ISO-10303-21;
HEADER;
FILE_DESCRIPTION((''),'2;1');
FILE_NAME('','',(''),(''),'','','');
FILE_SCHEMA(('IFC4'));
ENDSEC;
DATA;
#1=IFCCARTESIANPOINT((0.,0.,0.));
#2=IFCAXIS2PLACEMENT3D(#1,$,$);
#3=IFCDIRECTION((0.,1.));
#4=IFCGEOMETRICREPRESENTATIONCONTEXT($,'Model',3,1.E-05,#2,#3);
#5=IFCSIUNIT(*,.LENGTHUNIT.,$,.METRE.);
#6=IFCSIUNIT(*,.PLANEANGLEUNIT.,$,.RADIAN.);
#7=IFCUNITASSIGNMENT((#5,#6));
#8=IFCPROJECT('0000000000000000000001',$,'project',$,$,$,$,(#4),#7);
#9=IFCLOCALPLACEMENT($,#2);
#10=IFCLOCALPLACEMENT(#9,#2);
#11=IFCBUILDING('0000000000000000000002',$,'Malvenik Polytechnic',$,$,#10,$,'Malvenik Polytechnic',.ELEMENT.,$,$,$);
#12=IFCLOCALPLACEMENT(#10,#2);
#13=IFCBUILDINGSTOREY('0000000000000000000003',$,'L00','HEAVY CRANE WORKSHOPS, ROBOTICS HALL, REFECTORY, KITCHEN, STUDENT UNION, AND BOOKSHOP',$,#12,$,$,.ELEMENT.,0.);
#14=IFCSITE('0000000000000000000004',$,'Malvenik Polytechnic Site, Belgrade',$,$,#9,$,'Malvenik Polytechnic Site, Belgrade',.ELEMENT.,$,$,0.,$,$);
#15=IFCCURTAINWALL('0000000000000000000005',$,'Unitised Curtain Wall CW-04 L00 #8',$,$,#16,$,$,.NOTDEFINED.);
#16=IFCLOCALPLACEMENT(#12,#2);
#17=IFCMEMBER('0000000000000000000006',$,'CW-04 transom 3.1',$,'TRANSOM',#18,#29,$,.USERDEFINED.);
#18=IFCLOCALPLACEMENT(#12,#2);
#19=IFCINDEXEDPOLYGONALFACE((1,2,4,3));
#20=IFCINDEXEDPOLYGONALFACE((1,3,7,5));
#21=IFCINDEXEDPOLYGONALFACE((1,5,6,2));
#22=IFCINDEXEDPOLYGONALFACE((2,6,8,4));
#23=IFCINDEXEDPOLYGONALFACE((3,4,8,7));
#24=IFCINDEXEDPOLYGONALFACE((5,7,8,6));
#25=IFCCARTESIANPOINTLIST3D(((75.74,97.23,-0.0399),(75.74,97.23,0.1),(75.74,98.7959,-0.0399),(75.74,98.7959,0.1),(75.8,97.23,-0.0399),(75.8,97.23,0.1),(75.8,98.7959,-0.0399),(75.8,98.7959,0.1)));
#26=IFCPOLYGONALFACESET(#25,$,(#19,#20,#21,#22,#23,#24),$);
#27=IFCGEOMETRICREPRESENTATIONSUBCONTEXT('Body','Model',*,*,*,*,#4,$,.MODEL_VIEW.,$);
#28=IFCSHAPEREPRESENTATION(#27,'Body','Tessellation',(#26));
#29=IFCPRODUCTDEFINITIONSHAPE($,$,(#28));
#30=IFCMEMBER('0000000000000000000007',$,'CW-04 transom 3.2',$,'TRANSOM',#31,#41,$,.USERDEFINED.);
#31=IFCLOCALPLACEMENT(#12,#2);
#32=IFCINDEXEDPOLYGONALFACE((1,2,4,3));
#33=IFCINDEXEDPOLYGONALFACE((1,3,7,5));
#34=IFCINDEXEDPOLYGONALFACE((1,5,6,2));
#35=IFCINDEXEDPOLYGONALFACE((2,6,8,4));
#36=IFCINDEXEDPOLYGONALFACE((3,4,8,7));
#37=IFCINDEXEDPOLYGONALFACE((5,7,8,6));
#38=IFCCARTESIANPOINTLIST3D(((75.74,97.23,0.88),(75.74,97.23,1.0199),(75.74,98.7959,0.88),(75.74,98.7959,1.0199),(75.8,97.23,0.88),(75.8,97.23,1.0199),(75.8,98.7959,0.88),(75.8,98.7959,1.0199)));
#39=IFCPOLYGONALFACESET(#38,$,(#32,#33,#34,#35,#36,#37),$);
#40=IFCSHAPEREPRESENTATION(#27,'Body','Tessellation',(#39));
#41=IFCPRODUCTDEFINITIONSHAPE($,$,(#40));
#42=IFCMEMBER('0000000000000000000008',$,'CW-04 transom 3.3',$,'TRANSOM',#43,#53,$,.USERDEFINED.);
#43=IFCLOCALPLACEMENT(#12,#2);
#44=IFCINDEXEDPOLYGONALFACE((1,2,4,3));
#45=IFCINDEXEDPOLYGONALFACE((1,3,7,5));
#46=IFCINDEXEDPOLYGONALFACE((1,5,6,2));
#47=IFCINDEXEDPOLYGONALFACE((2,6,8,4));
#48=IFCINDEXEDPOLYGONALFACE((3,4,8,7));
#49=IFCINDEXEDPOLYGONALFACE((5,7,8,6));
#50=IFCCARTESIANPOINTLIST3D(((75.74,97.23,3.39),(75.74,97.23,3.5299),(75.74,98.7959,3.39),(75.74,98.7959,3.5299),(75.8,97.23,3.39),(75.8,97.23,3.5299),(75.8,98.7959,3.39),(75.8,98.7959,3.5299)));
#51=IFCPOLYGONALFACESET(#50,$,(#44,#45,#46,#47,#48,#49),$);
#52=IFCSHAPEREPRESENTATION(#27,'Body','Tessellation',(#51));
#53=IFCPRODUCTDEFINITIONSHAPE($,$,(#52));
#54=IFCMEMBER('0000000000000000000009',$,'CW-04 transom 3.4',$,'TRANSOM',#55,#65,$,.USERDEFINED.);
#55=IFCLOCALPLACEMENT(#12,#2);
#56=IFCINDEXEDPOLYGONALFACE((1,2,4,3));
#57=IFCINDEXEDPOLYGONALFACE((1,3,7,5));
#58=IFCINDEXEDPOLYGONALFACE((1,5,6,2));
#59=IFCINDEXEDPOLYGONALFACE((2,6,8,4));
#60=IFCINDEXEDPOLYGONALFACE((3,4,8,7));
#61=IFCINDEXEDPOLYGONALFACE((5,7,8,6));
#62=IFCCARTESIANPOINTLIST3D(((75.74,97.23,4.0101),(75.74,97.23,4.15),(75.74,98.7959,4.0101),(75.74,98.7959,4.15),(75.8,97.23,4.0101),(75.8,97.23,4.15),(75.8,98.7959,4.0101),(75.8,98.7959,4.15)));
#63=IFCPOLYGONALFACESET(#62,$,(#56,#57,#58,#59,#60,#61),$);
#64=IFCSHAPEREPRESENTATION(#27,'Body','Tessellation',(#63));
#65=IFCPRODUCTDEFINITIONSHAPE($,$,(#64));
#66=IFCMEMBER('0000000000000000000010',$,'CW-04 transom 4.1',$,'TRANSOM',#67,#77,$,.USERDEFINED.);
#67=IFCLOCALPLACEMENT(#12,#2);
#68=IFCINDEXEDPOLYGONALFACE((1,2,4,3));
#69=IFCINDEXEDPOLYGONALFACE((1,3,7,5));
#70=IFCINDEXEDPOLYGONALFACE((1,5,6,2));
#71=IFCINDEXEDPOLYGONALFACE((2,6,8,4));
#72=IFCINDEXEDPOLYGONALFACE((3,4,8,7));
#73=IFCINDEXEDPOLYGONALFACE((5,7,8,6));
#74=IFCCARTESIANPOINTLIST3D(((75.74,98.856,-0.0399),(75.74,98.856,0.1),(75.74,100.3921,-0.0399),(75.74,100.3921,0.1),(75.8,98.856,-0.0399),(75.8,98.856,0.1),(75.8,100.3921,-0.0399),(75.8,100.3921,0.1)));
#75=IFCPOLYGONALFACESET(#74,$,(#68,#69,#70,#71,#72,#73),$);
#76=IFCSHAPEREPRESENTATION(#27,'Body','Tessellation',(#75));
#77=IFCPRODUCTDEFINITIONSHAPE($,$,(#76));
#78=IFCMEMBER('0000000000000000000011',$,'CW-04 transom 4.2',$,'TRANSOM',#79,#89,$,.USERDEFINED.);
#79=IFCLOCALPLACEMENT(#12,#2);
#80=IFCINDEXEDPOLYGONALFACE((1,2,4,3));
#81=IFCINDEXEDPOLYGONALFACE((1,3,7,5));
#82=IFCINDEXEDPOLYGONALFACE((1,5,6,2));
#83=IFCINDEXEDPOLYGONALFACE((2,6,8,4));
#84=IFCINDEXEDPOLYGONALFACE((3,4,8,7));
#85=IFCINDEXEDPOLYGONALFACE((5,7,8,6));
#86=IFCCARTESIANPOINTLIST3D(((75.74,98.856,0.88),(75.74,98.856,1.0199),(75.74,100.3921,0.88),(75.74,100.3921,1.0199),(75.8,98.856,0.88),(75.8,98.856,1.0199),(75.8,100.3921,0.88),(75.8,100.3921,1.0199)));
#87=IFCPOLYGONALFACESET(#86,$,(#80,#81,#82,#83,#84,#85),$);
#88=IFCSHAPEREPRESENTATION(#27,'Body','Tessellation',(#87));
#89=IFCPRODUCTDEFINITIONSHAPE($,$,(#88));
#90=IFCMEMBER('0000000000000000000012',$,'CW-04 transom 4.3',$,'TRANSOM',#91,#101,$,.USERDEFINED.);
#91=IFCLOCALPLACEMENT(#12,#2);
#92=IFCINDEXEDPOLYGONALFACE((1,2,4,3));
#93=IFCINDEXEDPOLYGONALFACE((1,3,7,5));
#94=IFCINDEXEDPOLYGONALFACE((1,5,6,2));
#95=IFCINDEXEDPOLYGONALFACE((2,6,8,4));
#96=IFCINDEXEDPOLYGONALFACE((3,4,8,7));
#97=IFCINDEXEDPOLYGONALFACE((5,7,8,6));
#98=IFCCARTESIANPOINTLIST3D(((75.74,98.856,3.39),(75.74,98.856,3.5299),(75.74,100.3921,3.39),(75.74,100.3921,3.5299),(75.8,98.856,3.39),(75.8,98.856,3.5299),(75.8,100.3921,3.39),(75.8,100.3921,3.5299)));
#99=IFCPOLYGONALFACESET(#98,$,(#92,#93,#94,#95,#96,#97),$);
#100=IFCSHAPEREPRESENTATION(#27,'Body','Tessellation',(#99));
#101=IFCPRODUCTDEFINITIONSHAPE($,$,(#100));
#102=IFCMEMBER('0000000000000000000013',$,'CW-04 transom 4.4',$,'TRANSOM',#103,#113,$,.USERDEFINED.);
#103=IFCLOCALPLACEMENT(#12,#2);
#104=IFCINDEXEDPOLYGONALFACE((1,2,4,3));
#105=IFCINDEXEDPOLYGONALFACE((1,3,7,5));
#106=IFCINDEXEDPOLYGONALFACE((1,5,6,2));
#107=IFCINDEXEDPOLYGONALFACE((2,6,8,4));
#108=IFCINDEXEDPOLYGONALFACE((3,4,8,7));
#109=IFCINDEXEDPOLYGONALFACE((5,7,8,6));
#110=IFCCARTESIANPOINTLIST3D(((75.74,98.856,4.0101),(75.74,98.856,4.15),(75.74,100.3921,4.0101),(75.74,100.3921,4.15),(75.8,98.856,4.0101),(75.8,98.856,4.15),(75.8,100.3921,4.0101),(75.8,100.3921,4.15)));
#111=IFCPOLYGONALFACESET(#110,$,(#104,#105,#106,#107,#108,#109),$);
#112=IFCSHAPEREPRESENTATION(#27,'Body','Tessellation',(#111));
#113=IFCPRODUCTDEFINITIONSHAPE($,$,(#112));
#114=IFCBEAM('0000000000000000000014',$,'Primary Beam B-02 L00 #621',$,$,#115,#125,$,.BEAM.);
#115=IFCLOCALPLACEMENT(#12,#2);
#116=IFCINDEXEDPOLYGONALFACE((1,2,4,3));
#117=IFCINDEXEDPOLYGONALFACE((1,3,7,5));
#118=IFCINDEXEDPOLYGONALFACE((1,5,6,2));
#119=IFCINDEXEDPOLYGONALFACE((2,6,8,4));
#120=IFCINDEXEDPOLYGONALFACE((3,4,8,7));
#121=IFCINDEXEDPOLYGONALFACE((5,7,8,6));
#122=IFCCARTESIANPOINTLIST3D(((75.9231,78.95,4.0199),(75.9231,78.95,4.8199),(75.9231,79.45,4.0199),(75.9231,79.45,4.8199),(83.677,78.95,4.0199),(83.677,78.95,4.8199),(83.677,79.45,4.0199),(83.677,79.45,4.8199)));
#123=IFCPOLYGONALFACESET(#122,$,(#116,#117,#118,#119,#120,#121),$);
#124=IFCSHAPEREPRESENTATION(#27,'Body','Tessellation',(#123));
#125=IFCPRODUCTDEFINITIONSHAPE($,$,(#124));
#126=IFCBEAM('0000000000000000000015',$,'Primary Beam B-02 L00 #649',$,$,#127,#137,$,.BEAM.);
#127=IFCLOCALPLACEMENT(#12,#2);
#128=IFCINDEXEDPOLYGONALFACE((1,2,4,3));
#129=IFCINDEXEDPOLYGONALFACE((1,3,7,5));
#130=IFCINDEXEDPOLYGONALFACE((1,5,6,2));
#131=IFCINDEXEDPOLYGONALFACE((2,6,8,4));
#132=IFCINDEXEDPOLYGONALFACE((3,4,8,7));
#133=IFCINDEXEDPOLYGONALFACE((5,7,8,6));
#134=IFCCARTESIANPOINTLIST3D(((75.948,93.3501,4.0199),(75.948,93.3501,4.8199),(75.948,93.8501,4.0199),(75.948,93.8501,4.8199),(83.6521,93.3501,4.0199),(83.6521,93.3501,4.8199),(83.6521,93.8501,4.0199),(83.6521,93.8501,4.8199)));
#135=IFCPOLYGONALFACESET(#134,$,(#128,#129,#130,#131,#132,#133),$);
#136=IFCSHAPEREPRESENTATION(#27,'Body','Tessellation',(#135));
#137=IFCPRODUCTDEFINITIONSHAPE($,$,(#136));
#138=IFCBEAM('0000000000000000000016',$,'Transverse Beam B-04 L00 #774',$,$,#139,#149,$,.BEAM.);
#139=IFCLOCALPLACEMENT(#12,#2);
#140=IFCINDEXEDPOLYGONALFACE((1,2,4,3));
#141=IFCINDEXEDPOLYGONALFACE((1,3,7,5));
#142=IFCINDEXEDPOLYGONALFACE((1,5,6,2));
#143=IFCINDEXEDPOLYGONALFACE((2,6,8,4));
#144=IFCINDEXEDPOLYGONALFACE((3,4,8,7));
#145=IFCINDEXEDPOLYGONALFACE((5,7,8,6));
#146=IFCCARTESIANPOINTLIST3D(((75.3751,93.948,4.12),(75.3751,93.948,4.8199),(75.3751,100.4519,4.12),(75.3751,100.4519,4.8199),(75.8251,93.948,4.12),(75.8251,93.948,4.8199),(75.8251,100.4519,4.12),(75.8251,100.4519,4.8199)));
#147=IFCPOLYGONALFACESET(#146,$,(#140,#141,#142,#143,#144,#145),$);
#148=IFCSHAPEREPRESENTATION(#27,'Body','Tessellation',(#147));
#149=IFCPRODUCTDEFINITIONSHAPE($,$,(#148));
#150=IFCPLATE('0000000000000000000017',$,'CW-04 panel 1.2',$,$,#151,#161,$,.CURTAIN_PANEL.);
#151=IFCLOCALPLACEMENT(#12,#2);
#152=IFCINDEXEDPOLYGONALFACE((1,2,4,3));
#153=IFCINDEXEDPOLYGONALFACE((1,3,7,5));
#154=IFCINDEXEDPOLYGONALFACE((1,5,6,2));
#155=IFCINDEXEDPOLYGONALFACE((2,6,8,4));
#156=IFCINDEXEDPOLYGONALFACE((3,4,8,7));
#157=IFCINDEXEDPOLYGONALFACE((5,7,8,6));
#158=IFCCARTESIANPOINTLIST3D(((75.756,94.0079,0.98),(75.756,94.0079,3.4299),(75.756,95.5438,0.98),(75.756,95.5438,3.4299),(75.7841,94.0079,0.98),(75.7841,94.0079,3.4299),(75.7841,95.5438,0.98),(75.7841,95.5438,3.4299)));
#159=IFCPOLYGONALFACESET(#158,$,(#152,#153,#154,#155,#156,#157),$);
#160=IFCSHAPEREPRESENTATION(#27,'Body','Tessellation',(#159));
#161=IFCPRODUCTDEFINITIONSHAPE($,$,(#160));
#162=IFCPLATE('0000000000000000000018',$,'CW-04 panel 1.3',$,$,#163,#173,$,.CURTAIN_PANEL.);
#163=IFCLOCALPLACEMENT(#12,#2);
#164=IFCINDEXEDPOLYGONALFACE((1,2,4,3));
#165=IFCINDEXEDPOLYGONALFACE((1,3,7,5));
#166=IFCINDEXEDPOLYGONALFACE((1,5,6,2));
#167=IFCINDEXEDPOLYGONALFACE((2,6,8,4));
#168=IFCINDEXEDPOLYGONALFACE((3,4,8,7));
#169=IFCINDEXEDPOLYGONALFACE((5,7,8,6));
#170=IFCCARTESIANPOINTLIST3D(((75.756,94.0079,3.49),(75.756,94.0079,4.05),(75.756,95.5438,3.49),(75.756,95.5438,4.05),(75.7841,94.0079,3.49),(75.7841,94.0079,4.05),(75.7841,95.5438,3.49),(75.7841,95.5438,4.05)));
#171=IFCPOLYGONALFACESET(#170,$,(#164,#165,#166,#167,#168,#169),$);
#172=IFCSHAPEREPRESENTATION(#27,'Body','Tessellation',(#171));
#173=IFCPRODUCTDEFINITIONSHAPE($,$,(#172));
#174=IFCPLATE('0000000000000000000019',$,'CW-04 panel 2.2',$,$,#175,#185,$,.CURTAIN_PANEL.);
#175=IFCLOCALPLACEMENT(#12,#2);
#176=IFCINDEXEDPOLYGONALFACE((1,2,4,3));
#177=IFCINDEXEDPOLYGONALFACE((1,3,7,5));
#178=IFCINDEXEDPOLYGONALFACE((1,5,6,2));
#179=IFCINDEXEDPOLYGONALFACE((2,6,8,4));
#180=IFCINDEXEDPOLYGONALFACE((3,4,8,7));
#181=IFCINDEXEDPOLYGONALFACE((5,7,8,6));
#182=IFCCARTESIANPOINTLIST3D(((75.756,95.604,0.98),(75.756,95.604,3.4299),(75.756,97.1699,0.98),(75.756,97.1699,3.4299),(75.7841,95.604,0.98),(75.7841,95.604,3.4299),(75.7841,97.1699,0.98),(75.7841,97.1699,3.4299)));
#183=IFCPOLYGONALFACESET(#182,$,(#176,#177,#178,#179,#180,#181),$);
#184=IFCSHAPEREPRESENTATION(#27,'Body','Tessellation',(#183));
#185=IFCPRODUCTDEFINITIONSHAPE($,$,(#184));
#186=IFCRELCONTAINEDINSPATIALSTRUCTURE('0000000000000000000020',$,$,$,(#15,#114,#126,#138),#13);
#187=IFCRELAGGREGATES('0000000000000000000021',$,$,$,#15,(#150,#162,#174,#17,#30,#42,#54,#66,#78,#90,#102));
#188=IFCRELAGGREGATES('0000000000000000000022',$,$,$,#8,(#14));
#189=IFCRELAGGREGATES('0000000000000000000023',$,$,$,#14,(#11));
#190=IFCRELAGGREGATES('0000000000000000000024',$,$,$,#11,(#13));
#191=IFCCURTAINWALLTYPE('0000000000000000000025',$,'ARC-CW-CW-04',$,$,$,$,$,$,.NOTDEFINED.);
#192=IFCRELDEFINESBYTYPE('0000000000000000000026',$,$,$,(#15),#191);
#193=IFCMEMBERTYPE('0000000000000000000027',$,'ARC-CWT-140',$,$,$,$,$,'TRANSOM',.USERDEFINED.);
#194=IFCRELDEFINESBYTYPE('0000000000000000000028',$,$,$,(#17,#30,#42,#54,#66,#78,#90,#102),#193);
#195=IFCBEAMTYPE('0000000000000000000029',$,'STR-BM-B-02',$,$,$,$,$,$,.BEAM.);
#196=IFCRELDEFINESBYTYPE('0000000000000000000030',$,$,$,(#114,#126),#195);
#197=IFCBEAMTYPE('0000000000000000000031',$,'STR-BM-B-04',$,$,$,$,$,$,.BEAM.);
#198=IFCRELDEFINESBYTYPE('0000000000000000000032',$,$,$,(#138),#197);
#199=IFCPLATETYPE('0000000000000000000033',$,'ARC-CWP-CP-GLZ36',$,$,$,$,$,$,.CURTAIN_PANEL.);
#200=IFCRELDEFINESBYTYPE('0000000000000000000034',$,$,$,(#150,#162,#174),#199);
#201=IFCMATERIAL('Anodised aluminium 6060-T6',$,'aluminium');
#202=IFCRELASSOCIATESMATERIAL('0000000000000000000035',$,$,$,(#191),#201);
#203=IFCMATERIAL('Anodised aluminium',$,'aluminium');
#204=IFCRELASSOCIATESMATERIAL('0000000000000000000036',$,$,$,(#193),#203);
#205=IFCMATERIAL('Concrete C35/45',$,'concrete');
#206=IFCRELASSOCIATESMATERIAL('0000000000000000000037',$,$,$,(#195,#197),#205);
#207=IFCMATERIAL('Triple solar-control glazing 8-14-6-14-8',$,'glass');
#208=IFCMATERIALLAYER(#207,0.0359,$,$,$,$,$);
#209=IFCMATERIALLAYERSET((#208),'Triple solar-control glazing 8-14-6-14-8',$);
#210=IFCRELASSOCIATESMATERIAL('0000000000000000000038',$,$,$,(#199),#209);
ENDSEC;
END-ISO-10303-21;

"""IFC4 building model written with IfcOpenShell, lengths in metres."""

from ifc_helpers import new_model, si_unit, direction, frame, origin, origin_2d, place, context, subcontext, project, spatial, rectangle, extrude, material, layer, layer_set, material_profile, profile_set, type_object, element, aggregate, save


model = new_model("IFC4")

# Units and contexts
model_context = context("Model", 3, precision=1e-05, world=origin(), true_north=direction((0.0, 1.0)))
body_context = subcontext(model_context, "Body", "Model", "MODEL_VIEW")
ifc_project = project(units=[si_unit("LENGTHUNIT", "METRE"), si_unit("PLANEANGLEUNIT", "RADIAN")], contexts=[model_context])

# Site, building, storey
site_placement = place(None, origin())
site = spatial("IfcSite", under=ifc_project, at=site_placement, Name="Malvenik Polytechnic Site, Belgrade", LongName="Malvenik Polytechnic Site, Belgrade", CompositionType="ELEMENT", RefElevation=0.0)
building_placement = place(site_placement, origin())
building = spatial("IfcBuilding", under=site, at=building_placement, Name="Malvenik Polytechnic", LongName="Malvenik Polytechnic", CompositionType="ELEMENT")
storey_placement = place(building_placement, origin())
storey = spatial("IfcBuildingStorey", under=building, at=storey_placement, Name="L00", Description="HEAVY CRANE WORKSHOPS, ROBOTICS HALL, REFECTORY, KITCHEN, STUDENT UNION, AND BOOKSHOP", CompositionType="ELEMENT", Elevation=0.0)

# Curtain wall, members
ifc_material_1 = material(Name="Anodised aluminium 6060-T6", Category="aluminium")
curtain_wall_type = type_object("IfcCurtainWallType", Name="ARC-CW-CW-04", PredefinedType="NOTDEFINED", material=ifc_material_1)
curtain_wall_placement = place(storey_placement, origin())
curtain_wall = element("IfcCurtainWall", 1, at=curtain_wall_placement, inside=storey, type_object=curtain_wall_type, Name="Unitised Curtain Wall CW-04 L00 #8", PredefinedType="NOTDEFINED")
ifc_material_2 = material(Name="Anodised aluminium", Category="aluminium")
ifc_material_profile_1 = material_profile(ifc_material_2, rectangle(XDim=0.0601, YDim=0.1399, at=origin_2d()), Name="ALU TRANSOM 60x140")
ifc_profile_set_1 = profile_set([ifc_material_profile_1], Name="Anodised aluminium")
member_type_1 = type_object("IfcMemberType", Name="ARC-CWT-140", ElementType="TRANSOM", PredefinedType="USERDEFINED", material=ifc_profile_set_1)
member_1_placement = place(storey_placement, frame((75.77, 97.23, 0.03), z_axis=(0.0, 1.0, 0.0), x_axis=(-1.0, 0.0, 0.0)))
member_1 = element("IfcMember", 2, at=member_1_placement, type_object=member_type_1, Name="CW-04 transom 3.1", ObjectType="TRANSOM", PredefinedType="USERDEFINED", context=body_context, shape_type="SweptSolid", body=[
    extrude(rectangle(XDim=0.0601, YDim=0.1399, at=origin_2d()), origin(), (0.0, 0.0, 1.0), 1.5659),
])
member_2_placement = place(storey_placement, frame((75.77, 97.23, 0.95), z_axis=(0.0, 1.0, 0.0), x_axis=(-1.0, 0.0, 0.0)))
member_2 = element("IfcMember", 3, at=member_2_placement, type_object=member_type_1, Name="CW-04 transom 3.2", ObjectType="TRANSOM", PredefinedType="USERDEFINED", context=body_context, shape_type="SweptSolid", body=[
    extrude(rectangle(XDim=0.0601, YDim=0.1399, at=origin_2d()), origin(), (0.0, 0.0, 1.0), 1.5659),
])
member_3_placement = place(storey_placement, frame((75.77, 97.23, 3.46), z_axis=(0.0, 1.0, 0.0), x_axis=(-1.0, 0.0, 0.0)))
member_3 = element("IfcMember", 4, at=member_3_placement, type_object=member_type_1, Name="CW-04 transom 3.3", ObjectType="TRANSOM", PredefinedType="USERDEFINED", context=body_context, shape_type="SweptSolid", body=[
    extrude(rectangle(XDim=0.0601, YDim=0.1399, at=origin_2d()), origin(), (0.0, 0.0, 1.0), 1.5659),
])
member_4_placement = place(storey_placement, frame((75.77, 97.23, 4.0801), z_axis=(0.0, 1.0, 0.0), x_axis=(-1.0, 0.0, 0.0)))
member_4 = element("IfcMember", 5, at=member_4_placement, type_object=member_type_1, Name="CW-04 transom 3.4", ObjectType="TRANSOM", PredefinedType="USERDEFINED", context=body_context, shape_type="SweptSolid", body=[
    extrude(rectangle(XDim=0.0601, YDim=0.1399, at=origin_2d()), origin(), (0.0, 0.0, 1.0), 1.5659),
])
member_5_placement = place(storey_placement, frame((75.77, 98.856, 0.03), z_axis=(0.0, 1.0, 0.0), x_axis=(-1.0, 0.0, 0.0)))
member_5 = element("IfcMember", 6, at=member_5_placement, type_object=member_type_1, Name="CW-04 transom 4.1", ObjectType="TRANSOM", PredefinedType="USERDEFINED", context=body_context, shape_type="SweptSolid", body=[
    extrude(rectangle(XDim=0.0601, YDim=0.1399, at=origin_2d()), origin(), (0.0, 0.0, 1.0), 1.5361),
])
member_6_placement = place(storey_placement, frame((75.77, 98.856, 0.95), z_axis=(0.0, 1.0, 0.0), x_axis=(-1.0, 0.0, 0.0)))
member_6 = element("IfcMember", 7, at=member_6_placement, type_object=member_type_1, Name="CW-04 transom 4.2", ObjectType="TRANSOM", PredefinedType="USERDEFINED", context=body_context, shape_type="SweptSolid", body=[
    extrude(rectangle(XDim=0.0601, YDim=0.1399, at=origin_2d()), origin(), (0.0, 0.0, 1.0), 1.5361),
])
member_7_placement = place(storey_placement, frame((75.77, 98.856, 3.46), z_axis=(0.0, 1.0, 0.0), x_axis=(-1.0, 0.0, 0.0)))
member_7 = element("IfcMember", 8, at=member_7_placement, type_object=member_type_1, Name="CW-04 transom 4.3", ObjectType="TRANSOM", PredefinedType="USERDEFINED", context=body_context, shape_type="SweptSolid", body=[
    extrude(rectangle(XDim=0.0601, YDim=0.1399, at=origin_2d()), origin(), (0.0, 0.0, 1.0), 1.5361),
])
member_8_placement = place(storey_placement, frame((75.77, 98.856, 4.0801), z_axis=(0.0, 1.0, 0.0), x_axis=(-1.0, 0.0, 0.0)))
member_8 = element("IfcMember", 9, at=member_8_placement, type_object=member_type_1, Name="CW-04 transom 4.4", ObjectType="TRANSOM", PredefinedType="USERDEFINED", context=body_context, shape_type="SweptSolid", body=[
    extrude(rectangle(XDim=0.0601, YDim=0.1399, at=origin_2d()), origin(), (0.0, 0.0, 1.0), 1.5361),
])

# Beams
ifc_material_3 = material(Name="Concrete C35/45", Category="concrete")
ifc_material_profile_2 = material_profile(ifc_material_3, rectangle(XDim=0.5, YDim=0.8, at=origin_2d()), Name="RC BM 500x800")
ifc_profile_set_2 = profile_set([ifc_material_profile_2], Name="Concrete C35/45")
beam_type_1 = type_object("IfcBeamType", Name="STR-BM-B-02", PredefinedType="BEAM", material=ifc_profile_set_2)
beam_1_placement = place(storey_placement, frame((75.9231, 79.2, 4.4199), z_axis=(1.0, 0.0, 0.0), x_axis=(0.0, 1.0, 0.0)))
element("IfcBeam", 10, at=beam_1_placement, inside=storey, type_object=beam_type_1, Name="Primary Beam B-02 L00 #621", PredefinedType="BEAM", context=body_context, shape_type="SweptSolid", body=[
    extrude(rectangle(XDim=0.5, YDim=0.8, at=origin_2d()), origin(), (0.0, 0.0, 1.0), 7.7539),
])
beam_2_placement = place(storey_placement, frame((75.948, 93.6001, 4.4199), z_axis=(1.0, 0.0, 0.0), x_axis=(0.0, 1.0, 0.0)))
element("IfcBeam", 11, at=beam_2_placement, inside=storey, type_object=beam_type_1, Name="Primary Beam B-02 L00 #649", PredefinedType="BEAM", context=body_context, shape_type="SweptSolid", body=[
    extrude(rectangle(XDim=0.5, YDim=0.8, at=origin_2d()), origin(), (0.0, 0.0, 1.0), 7.7041),
])
ifc_material_profile_3 = material_profile(ifc_material_3, rectangle(XDim=0.45, YDim=0.7, at=origin_2d()), Name="RC BM 450x700")
ifc_profile_set_3 = profile_set([ifc_material_profile_3], Name="Concrete C35/45")
beam_type_2 = type_object("IfcBeamType", Name="STR-BM-B-04", PredefinedType="BEAM", material=ifc_profile_set_3)
beam_3_placement = place(storey_placement, frame((75.6001, 93.948, 4.47), z_axis=(0.0, 1.0, 0.0), x_axis=(-1.0, 0.0, 0.0)))
element("IfcBeam", 12, at=beam_3_placement, inside=storey, type_object=beam_type_2, Name="Transverse Beam B-04 L00 #774", PredefinedType="BEAM", context=body_context, shape_type="SweptSolid", body=[
    extrude(rectangle(XDim=0.45, YDim=0.7, at=origin_2d()), origin(), (0.0, 0.0, 1.0), 6.5039),
])

# Plates
ifc_material_4 = material(Name="Triple solar-control glazing 8-14-6-14-8", Category="glass")
ifc_layer_1 = layer(ifc_material_4, 0.0359)
ifc_layer_set_1 = layer_set([ifc_layer_1], Name="Triple solar-control glazing 8-14-6-14-8")
plate_type_1 = type_object("IfcPlateType", Name="ARC-CWP-CP-GLZ36", PredefinedType="CURTAIN_PANEL", material=ifc_layer_set_1)
plate_1_placement = place(storey_placement, frame((75.77, 94.7759, 0.98), z_axis=(0.0, 0.0, 1.0), x_axis=(0.0, 1.0, 0.0)))
plate_1 = element("IfcPlate", 13, at=plate_1_placement, type_object=plate_type_1, Name="CW-04 panel 1.2", PredefinedType="CURTAIN_PANEL", context=body_context, shape_type="SweptSolid", body=[
    extrude(rectangle(XDim=1.5359, YDim=0.0281, at=origin_2d()), origin(), (0.0, 0.0, 1.0), 2.45),
])
plate_2_placement = place(storey_placement, frame((75.77, 94.7759, 3.49), z_axis=(0.0, 0.0, 1.0), x_axis=(0.0, 1.0, 0.0)))
plate_2 = element("IfcPlate", 14, at=plate_2_placement, type_object=plate_type_1, Name="CW-04 panel 1.3", PredefinedType="CURTAIN_PANEL", context=body_context, shape_type="SweptSolid", body=[
    extrude(rectangle(XDim=1.5359, YDim=0.0281, at=origin_2d()), origin(), (0.0, 0.0, 1.0), 0.5601),
])
plate_3_placement = place(storey_placement, frame((75.77, 96.387, 0.98), z_axis=(0.0, 0.0, 1.0), x_axis=(0.0, 1.0, 0.0)))
plate_3 = element("IfcPlate", 15, at=plate_3_placement, type_object=plate_type_1, Name="CW-04 panel 2.2", PredefinedType="CURTAIN_PANEL", context=body_context, shape_type="SweptSolid", body=[
    extrude(rectangle(XDim=1.5659, YDim=0.0281, at=origin_2d()), origin(), (0.0, 0.0, 1.0), 2.45),
])
aggregate(curtain_wall, [plate_1, plate_2, plate_3, member_1, member_2, member_3, member_4, member_5, member_6, member_7, member_8])

save(model, "model.ifc")
